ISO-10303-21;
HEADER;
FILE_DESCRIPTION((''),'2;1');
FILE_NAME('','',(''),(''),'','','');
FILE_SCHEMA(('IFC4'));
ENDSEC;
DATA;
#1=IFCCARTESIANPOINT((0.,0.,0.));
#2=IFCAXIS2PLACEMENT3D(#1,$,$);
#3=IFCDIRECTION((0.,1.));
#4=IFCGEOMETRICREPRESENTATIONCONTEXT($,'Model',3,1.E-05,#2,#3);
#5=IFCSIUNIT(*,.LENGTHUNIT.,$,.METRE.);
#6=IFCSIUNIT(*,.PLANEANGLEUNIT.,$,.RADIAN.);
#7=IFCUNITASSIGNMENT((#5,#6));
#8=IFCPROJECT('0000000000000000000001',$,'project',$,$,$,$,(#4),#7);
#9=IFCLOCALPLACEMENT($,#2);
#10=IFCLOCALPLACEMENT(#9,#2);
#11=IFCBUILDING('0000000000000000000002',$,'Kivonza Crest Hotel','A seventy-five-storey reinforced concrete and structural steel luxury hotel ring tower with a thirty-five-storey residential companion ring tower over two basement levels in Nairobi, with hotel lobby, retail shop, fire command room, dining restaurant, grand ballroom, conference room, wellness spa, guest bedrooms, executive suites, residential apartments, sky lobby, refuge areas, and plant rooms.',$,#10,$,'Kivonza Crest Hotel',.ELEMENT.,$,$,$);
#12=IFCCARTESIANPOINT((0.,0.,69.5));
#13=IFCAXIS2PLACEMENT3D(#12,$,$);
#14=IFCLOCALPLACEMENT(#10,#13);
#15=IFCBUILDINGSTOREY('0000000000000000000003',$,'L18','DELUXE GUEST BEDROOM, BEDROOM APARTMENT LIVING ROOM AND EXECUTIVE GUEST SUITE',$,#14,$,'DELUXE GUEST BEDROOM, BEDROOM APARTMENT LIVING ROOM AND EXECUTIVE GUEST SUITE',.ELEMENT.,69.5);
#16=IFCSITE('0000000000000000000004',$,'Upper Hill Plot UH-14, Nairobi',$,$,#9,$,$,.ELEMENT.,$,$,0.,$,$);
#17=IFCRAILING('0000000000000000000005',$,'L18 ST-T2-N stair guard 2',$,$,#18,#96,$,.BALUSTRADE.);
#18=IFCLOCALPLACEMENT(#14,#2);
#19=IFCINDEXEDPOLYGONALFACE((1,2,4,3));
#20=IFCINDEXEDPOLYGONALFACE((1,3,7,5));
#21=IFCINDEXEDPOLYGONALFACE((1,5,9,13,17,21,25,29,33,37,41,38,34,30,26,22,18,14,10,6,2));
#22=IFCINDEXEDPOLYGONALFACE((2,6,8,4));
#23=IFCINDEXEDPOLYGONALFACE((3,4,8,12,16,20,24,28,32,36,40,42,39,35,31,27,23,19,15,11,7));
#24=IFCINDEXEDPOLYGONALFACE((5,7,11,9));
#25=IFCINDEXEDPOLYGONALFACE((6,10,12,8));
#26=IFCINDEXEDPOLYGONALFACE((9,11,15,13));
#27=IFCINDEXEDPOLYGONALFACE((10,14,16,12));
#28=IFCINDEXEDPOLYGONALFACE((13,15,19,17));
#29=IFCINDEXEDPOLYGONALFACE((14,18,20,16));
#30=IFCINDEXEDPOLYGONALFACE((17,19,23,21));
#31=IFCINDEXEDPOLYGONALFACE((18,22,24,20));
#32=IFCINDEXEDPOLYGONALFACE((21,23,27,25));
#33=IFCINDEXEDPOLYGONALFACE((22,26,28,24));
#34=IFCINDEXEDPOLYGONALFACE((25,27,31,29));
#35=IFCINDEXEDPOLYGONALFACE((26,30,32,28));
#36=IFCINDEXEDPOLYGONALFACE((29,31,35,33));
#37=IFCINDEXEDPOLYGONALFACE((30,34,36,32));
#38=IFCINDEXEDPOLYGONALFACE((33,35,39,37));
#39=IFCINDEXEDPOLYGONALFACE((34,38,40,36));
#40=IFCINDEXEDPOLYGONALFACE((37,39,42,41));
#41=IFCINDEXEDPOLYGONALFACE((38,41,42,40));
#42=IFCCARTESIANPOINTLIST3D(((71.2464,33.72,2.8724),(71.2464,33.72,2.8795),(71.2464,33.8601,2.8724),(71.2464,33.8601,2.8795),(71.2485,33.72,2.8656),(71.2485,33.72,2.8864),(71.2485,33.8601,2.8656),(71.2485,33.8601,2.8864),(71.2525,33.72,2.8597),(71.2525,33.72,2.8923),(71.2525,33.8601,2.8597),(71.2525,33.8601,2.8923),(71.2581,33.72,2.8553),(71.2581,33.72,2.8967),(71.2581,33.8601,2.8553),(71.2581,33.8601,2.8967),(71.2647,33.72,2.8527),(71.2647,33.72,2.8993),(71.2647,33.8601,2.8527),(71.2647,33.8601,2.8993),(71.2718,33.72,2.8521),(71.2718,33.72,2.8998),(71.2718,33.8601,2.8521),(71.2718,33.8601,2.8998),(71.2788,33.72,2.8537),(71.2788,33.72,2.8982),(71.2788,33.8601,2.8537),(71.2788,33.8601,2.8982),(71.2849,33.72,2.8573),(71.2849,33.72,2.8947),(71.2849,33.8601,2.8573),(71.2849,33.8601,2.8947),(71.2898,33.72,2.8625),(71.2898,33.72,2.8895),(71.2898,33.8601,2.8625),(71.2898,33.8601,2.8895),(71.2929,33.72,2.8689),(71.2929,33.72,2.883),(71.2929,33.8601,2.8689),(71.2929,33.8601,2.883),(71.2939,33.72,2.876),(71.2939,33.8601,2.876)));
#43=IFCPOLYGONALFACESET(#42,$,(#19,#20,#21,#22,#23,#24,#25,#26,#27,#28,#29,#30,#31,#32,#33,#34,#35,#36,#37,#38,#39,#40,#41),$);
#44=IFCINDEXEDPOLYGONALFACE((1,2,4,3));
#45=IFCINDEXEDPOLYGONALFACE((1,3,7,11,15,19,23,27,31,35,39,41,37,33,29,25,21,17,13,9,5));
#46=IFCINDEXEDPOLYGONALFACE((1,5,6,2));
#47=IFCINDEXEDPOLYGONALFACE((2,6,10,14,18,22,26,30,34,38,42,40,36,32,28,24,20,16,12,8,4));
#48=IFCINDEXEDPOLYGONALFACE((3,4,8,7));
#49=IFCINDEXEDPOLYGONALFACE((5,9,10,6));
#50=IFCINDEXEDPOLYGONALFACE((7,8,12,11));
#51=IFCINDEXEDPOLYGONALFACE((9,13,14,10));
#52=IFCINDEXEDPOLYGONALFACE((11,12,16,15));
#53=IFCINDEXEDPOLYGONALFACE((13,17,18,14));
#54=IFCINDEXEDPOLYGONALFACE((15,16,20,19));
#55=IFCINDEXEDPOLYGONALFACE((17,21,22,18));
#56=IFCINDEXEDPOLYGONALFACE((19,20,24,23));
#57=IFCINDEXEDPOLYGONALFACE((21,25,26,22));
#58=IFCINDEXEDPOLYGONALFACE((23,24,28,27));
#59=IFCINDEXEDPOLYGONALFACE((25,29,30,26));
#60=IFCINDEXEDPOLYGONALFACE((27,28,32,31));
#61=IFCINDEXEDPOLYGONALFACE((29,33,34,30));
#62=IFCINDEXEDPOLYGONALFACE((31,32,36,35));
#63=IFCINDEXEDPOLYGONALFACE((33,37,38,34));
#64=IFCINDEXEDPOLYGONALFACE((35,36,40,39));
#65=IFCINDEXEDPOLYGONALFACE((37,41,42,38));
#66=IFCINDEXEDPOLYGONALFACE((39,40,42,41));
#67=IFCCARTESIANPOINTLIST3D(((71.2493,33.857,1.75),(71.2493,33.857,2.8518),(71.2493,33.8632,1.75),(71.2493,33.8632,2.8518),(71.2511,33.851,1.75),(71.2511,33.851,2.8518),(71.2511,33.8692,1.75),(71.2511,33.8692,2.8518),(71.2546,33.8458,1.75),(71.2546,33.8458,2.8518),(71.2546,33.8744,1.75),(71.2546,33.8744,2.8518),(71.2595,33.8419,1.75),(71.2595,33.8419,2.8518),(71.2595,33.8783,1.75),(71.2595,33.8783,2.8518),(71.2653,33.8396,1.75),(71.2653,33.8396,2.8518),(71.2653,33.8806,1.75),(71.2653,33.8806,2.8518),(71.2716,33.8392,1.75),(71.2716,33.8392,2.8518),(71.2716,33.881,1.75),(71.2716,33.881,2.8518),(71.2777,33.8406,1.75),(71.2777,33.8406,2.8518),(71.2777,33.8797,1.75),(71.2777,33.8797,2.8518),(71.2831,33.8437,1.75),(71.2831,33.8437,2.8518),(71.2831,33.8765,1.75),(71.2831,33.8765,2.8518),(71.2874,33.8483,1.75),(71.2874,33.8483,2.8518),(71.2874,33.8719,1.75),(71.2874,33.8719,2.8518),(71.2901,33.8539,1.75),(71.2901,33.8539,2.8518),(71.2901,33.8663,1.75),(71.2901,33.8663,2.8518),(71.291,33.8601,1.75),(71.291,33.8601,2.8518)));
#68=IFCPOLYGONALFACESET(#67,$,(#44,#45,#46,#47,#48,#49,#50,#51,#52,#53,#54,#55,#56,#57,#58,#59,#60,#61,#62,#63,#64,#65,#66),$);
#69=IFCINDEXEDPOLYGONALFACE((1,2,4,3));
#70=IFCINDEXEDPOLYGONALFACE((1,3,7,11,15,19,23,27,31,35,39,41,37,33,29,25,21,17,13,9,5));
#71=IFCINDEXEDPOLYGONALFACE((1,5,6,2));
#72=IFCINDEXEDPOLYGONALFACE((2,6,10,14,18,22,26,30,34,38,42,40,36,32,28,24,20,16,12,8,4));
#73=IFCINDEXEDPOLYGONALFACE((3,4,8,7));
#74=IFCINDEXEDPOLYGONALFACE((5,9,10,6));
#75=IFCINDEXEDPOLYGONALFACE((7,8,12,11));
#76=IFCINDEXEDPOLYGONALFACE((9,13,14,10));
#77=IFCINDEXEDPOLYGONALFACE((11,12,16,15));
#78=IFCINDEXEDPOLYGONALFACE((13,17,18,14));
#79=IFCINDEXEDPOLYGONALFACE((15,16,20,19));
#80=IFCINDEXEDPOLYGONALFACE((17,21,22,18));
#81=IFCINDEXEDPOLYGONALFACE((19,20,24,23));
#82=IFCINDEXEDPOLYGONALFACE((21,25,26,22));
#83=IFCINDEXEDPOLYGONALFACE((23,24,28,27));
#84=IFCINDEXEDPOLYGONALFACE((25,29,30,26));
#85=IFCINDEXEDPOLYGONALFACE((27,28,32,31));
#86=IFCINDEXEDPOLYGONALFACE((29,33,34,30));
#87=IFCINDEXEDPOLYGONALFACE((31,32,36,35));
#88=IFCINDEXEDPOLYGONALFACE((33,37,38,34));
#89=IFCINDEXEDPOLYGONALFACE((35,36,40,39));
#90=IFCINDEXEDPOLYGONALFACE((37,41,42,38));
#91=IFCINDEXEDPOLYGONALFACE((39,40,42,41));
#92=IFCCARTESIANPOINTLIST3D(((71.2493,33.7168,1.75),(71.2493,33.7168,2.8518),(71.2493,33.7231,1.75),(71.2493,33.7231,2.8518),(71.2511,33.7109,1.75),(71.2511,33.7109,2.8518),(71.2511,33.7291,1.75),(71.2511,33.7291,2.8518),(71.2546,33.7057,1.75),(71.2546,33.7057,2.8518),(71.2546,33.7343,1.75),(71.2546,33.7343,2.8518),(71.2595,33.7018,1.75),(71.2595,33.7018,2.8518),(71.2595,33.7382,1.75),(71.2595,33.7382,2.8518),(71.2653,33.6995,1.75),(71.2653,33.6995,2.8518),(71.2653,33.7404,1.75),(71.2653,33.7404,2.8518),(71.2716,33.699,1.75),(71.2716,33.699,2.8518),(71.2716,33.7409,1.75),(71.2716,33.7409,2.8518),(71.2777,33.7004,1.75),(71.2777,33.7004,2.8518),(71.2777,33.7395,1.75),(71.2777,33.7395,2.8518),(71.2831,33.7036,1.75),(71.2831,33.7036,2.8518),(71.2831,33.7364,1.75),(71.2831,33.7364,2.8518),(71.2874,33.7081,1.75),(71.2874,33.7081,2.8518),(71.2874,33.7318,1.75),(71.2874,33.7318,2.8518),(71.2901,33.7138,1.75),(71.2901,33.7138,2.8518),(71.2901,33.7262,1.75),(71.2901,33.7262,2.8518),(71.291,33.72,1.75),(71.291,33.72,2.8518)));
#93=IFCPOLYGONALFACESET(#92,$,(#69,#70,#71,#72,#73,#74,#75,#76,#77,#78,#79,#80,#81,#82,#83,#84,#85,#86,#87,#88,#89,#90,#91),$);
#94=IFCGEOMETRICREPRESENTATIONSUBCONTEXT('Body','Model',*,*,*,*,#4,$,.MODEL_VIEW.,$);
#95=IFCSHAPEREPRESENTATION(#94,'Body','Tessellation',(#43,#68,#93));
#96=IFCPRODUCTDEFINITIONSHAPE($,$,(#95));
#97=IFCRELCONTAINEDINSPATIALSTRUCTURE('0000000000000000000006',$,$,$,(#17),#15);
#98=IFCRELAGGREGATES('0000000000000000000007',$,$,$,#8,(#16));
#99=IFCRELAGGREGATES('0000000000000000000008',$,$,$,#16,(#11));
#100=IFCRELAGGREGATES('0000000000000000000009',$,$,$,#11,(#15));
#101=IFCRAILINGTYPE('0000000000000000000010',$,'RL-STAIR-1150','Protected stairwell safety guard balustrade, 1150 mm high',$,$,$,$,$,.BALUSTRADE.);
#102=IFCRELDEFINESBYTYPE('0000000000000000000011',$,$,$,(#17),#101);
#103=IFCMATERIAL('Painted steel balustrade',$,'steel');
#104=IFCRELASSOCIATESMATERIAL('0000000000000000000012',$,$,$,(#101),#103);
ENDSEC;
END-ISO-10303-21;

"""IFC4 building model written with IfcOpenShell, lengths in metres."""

from ifc_helpers import new_model, si_unit, direction, frame, origin, origin_2d, place, context, subcontext, project, spatial, circle, extrude, material, type_object, element, save


model = new_model("IFC4")

# Units and contexts
model_context = context("Model", 3, precision=1e-05, world=origin(), true_north=direction((0.0, 1.0)))
body_context = subcontext(model_context, "Body", "Model", "MODEL_VIEW")
ifc_project = project(units=[si_unit("LENGTHUNIT", "METRE"), si_unit("PLANEANGLEUNIT", "RADIAN")], contexts=[model_context])

# Site, building, storey
site_placement = place(None, origin())
site = spatial("IfcSite", under=ifc_project, at=site_placement, Name="Upper Hill Plot UH-14, Nairobi", CompositionType="ELEMENT", RefElevation=0.0)
building_placement = place(site_placement, origin())
building = spatial("IfcBuilding", under=site, at=building_placement, Name="Kivonza Crest Hotel", Description="A seventy-five-storey reinforced concrete and structural steel luxury hotel ring tower with a thirty-five-storey residential companion ring tower over two basement levels in Nairobi, with hotel lobby, retail shop, fire command room, dining restaurant, grand ballroom, conference room, wellness spa, guest bedrooms, executive suites, residential apartments, sky lobby, refuge areas, and plant rooms.", LongName="Kivonza Crest Hotel", CompositionType="ELEMENT")
storey_placement = place(building_placement, frame((0.0, 0.0, 69.5)))
storey = spatial("IfcBuildingStorey", under=building, at=storey_placement, Name="L18", Description="DELUXE GUEST BEDROOM, BEDROOM APARTMENT LIVING ROOM AND EXECUTIVE GUEST SUITE", LongName="DELUXE GUEST BEDROOM, BEDROOM APARTMENT LIVING ROOM AND EXECUTIVE GUEST SUITE", CompositionType="ELEMENT", Elevation=69.5)

# Railing
ifc_material_1 = material(Name="Painted steel balustrade", Category="steel")
railing_type = type_object("IfcRailingType", Name="RL-STAIR-1150", Description="Protected stairwell safety guard balustrade, 1150 mm high", PredefinedType="BALUSTRADE", material=ifc_material_1)
railing_1_placement = place(storey_placement, frame((71.27, 33.8601, 1.75)))
element("IfcRailing", 1, at=railing_1_placement, inside=storey, type_object=railing_type, Name="L18 ST-T2-N stair guard 2", PredefinedType="BALUSTRADE", context=body_context, shape_type="SweptSolid", body=[
    extrude(circle(Radius=0.0239, at=origin_2d()), frame((0.0, 0.0, 1.126), z_axis=(0.0, -1.0, 0.0), x_axis=(1.0, 0.0, 0.0)), (0.0, 0.0, 1.0), 0.1401),
    extrude(circle(Radius=0.021, at=origin_2d()), origin(), (0.0, 0.0, 1.0), 1.1018),
    extrude(circle(Radius=0.021, at=origin_2d()), frame((0.0, -0.1401, 0.0)), (0.0, 0.0, 1.0), 1.1018),
])

save(model, "model.ifc")
